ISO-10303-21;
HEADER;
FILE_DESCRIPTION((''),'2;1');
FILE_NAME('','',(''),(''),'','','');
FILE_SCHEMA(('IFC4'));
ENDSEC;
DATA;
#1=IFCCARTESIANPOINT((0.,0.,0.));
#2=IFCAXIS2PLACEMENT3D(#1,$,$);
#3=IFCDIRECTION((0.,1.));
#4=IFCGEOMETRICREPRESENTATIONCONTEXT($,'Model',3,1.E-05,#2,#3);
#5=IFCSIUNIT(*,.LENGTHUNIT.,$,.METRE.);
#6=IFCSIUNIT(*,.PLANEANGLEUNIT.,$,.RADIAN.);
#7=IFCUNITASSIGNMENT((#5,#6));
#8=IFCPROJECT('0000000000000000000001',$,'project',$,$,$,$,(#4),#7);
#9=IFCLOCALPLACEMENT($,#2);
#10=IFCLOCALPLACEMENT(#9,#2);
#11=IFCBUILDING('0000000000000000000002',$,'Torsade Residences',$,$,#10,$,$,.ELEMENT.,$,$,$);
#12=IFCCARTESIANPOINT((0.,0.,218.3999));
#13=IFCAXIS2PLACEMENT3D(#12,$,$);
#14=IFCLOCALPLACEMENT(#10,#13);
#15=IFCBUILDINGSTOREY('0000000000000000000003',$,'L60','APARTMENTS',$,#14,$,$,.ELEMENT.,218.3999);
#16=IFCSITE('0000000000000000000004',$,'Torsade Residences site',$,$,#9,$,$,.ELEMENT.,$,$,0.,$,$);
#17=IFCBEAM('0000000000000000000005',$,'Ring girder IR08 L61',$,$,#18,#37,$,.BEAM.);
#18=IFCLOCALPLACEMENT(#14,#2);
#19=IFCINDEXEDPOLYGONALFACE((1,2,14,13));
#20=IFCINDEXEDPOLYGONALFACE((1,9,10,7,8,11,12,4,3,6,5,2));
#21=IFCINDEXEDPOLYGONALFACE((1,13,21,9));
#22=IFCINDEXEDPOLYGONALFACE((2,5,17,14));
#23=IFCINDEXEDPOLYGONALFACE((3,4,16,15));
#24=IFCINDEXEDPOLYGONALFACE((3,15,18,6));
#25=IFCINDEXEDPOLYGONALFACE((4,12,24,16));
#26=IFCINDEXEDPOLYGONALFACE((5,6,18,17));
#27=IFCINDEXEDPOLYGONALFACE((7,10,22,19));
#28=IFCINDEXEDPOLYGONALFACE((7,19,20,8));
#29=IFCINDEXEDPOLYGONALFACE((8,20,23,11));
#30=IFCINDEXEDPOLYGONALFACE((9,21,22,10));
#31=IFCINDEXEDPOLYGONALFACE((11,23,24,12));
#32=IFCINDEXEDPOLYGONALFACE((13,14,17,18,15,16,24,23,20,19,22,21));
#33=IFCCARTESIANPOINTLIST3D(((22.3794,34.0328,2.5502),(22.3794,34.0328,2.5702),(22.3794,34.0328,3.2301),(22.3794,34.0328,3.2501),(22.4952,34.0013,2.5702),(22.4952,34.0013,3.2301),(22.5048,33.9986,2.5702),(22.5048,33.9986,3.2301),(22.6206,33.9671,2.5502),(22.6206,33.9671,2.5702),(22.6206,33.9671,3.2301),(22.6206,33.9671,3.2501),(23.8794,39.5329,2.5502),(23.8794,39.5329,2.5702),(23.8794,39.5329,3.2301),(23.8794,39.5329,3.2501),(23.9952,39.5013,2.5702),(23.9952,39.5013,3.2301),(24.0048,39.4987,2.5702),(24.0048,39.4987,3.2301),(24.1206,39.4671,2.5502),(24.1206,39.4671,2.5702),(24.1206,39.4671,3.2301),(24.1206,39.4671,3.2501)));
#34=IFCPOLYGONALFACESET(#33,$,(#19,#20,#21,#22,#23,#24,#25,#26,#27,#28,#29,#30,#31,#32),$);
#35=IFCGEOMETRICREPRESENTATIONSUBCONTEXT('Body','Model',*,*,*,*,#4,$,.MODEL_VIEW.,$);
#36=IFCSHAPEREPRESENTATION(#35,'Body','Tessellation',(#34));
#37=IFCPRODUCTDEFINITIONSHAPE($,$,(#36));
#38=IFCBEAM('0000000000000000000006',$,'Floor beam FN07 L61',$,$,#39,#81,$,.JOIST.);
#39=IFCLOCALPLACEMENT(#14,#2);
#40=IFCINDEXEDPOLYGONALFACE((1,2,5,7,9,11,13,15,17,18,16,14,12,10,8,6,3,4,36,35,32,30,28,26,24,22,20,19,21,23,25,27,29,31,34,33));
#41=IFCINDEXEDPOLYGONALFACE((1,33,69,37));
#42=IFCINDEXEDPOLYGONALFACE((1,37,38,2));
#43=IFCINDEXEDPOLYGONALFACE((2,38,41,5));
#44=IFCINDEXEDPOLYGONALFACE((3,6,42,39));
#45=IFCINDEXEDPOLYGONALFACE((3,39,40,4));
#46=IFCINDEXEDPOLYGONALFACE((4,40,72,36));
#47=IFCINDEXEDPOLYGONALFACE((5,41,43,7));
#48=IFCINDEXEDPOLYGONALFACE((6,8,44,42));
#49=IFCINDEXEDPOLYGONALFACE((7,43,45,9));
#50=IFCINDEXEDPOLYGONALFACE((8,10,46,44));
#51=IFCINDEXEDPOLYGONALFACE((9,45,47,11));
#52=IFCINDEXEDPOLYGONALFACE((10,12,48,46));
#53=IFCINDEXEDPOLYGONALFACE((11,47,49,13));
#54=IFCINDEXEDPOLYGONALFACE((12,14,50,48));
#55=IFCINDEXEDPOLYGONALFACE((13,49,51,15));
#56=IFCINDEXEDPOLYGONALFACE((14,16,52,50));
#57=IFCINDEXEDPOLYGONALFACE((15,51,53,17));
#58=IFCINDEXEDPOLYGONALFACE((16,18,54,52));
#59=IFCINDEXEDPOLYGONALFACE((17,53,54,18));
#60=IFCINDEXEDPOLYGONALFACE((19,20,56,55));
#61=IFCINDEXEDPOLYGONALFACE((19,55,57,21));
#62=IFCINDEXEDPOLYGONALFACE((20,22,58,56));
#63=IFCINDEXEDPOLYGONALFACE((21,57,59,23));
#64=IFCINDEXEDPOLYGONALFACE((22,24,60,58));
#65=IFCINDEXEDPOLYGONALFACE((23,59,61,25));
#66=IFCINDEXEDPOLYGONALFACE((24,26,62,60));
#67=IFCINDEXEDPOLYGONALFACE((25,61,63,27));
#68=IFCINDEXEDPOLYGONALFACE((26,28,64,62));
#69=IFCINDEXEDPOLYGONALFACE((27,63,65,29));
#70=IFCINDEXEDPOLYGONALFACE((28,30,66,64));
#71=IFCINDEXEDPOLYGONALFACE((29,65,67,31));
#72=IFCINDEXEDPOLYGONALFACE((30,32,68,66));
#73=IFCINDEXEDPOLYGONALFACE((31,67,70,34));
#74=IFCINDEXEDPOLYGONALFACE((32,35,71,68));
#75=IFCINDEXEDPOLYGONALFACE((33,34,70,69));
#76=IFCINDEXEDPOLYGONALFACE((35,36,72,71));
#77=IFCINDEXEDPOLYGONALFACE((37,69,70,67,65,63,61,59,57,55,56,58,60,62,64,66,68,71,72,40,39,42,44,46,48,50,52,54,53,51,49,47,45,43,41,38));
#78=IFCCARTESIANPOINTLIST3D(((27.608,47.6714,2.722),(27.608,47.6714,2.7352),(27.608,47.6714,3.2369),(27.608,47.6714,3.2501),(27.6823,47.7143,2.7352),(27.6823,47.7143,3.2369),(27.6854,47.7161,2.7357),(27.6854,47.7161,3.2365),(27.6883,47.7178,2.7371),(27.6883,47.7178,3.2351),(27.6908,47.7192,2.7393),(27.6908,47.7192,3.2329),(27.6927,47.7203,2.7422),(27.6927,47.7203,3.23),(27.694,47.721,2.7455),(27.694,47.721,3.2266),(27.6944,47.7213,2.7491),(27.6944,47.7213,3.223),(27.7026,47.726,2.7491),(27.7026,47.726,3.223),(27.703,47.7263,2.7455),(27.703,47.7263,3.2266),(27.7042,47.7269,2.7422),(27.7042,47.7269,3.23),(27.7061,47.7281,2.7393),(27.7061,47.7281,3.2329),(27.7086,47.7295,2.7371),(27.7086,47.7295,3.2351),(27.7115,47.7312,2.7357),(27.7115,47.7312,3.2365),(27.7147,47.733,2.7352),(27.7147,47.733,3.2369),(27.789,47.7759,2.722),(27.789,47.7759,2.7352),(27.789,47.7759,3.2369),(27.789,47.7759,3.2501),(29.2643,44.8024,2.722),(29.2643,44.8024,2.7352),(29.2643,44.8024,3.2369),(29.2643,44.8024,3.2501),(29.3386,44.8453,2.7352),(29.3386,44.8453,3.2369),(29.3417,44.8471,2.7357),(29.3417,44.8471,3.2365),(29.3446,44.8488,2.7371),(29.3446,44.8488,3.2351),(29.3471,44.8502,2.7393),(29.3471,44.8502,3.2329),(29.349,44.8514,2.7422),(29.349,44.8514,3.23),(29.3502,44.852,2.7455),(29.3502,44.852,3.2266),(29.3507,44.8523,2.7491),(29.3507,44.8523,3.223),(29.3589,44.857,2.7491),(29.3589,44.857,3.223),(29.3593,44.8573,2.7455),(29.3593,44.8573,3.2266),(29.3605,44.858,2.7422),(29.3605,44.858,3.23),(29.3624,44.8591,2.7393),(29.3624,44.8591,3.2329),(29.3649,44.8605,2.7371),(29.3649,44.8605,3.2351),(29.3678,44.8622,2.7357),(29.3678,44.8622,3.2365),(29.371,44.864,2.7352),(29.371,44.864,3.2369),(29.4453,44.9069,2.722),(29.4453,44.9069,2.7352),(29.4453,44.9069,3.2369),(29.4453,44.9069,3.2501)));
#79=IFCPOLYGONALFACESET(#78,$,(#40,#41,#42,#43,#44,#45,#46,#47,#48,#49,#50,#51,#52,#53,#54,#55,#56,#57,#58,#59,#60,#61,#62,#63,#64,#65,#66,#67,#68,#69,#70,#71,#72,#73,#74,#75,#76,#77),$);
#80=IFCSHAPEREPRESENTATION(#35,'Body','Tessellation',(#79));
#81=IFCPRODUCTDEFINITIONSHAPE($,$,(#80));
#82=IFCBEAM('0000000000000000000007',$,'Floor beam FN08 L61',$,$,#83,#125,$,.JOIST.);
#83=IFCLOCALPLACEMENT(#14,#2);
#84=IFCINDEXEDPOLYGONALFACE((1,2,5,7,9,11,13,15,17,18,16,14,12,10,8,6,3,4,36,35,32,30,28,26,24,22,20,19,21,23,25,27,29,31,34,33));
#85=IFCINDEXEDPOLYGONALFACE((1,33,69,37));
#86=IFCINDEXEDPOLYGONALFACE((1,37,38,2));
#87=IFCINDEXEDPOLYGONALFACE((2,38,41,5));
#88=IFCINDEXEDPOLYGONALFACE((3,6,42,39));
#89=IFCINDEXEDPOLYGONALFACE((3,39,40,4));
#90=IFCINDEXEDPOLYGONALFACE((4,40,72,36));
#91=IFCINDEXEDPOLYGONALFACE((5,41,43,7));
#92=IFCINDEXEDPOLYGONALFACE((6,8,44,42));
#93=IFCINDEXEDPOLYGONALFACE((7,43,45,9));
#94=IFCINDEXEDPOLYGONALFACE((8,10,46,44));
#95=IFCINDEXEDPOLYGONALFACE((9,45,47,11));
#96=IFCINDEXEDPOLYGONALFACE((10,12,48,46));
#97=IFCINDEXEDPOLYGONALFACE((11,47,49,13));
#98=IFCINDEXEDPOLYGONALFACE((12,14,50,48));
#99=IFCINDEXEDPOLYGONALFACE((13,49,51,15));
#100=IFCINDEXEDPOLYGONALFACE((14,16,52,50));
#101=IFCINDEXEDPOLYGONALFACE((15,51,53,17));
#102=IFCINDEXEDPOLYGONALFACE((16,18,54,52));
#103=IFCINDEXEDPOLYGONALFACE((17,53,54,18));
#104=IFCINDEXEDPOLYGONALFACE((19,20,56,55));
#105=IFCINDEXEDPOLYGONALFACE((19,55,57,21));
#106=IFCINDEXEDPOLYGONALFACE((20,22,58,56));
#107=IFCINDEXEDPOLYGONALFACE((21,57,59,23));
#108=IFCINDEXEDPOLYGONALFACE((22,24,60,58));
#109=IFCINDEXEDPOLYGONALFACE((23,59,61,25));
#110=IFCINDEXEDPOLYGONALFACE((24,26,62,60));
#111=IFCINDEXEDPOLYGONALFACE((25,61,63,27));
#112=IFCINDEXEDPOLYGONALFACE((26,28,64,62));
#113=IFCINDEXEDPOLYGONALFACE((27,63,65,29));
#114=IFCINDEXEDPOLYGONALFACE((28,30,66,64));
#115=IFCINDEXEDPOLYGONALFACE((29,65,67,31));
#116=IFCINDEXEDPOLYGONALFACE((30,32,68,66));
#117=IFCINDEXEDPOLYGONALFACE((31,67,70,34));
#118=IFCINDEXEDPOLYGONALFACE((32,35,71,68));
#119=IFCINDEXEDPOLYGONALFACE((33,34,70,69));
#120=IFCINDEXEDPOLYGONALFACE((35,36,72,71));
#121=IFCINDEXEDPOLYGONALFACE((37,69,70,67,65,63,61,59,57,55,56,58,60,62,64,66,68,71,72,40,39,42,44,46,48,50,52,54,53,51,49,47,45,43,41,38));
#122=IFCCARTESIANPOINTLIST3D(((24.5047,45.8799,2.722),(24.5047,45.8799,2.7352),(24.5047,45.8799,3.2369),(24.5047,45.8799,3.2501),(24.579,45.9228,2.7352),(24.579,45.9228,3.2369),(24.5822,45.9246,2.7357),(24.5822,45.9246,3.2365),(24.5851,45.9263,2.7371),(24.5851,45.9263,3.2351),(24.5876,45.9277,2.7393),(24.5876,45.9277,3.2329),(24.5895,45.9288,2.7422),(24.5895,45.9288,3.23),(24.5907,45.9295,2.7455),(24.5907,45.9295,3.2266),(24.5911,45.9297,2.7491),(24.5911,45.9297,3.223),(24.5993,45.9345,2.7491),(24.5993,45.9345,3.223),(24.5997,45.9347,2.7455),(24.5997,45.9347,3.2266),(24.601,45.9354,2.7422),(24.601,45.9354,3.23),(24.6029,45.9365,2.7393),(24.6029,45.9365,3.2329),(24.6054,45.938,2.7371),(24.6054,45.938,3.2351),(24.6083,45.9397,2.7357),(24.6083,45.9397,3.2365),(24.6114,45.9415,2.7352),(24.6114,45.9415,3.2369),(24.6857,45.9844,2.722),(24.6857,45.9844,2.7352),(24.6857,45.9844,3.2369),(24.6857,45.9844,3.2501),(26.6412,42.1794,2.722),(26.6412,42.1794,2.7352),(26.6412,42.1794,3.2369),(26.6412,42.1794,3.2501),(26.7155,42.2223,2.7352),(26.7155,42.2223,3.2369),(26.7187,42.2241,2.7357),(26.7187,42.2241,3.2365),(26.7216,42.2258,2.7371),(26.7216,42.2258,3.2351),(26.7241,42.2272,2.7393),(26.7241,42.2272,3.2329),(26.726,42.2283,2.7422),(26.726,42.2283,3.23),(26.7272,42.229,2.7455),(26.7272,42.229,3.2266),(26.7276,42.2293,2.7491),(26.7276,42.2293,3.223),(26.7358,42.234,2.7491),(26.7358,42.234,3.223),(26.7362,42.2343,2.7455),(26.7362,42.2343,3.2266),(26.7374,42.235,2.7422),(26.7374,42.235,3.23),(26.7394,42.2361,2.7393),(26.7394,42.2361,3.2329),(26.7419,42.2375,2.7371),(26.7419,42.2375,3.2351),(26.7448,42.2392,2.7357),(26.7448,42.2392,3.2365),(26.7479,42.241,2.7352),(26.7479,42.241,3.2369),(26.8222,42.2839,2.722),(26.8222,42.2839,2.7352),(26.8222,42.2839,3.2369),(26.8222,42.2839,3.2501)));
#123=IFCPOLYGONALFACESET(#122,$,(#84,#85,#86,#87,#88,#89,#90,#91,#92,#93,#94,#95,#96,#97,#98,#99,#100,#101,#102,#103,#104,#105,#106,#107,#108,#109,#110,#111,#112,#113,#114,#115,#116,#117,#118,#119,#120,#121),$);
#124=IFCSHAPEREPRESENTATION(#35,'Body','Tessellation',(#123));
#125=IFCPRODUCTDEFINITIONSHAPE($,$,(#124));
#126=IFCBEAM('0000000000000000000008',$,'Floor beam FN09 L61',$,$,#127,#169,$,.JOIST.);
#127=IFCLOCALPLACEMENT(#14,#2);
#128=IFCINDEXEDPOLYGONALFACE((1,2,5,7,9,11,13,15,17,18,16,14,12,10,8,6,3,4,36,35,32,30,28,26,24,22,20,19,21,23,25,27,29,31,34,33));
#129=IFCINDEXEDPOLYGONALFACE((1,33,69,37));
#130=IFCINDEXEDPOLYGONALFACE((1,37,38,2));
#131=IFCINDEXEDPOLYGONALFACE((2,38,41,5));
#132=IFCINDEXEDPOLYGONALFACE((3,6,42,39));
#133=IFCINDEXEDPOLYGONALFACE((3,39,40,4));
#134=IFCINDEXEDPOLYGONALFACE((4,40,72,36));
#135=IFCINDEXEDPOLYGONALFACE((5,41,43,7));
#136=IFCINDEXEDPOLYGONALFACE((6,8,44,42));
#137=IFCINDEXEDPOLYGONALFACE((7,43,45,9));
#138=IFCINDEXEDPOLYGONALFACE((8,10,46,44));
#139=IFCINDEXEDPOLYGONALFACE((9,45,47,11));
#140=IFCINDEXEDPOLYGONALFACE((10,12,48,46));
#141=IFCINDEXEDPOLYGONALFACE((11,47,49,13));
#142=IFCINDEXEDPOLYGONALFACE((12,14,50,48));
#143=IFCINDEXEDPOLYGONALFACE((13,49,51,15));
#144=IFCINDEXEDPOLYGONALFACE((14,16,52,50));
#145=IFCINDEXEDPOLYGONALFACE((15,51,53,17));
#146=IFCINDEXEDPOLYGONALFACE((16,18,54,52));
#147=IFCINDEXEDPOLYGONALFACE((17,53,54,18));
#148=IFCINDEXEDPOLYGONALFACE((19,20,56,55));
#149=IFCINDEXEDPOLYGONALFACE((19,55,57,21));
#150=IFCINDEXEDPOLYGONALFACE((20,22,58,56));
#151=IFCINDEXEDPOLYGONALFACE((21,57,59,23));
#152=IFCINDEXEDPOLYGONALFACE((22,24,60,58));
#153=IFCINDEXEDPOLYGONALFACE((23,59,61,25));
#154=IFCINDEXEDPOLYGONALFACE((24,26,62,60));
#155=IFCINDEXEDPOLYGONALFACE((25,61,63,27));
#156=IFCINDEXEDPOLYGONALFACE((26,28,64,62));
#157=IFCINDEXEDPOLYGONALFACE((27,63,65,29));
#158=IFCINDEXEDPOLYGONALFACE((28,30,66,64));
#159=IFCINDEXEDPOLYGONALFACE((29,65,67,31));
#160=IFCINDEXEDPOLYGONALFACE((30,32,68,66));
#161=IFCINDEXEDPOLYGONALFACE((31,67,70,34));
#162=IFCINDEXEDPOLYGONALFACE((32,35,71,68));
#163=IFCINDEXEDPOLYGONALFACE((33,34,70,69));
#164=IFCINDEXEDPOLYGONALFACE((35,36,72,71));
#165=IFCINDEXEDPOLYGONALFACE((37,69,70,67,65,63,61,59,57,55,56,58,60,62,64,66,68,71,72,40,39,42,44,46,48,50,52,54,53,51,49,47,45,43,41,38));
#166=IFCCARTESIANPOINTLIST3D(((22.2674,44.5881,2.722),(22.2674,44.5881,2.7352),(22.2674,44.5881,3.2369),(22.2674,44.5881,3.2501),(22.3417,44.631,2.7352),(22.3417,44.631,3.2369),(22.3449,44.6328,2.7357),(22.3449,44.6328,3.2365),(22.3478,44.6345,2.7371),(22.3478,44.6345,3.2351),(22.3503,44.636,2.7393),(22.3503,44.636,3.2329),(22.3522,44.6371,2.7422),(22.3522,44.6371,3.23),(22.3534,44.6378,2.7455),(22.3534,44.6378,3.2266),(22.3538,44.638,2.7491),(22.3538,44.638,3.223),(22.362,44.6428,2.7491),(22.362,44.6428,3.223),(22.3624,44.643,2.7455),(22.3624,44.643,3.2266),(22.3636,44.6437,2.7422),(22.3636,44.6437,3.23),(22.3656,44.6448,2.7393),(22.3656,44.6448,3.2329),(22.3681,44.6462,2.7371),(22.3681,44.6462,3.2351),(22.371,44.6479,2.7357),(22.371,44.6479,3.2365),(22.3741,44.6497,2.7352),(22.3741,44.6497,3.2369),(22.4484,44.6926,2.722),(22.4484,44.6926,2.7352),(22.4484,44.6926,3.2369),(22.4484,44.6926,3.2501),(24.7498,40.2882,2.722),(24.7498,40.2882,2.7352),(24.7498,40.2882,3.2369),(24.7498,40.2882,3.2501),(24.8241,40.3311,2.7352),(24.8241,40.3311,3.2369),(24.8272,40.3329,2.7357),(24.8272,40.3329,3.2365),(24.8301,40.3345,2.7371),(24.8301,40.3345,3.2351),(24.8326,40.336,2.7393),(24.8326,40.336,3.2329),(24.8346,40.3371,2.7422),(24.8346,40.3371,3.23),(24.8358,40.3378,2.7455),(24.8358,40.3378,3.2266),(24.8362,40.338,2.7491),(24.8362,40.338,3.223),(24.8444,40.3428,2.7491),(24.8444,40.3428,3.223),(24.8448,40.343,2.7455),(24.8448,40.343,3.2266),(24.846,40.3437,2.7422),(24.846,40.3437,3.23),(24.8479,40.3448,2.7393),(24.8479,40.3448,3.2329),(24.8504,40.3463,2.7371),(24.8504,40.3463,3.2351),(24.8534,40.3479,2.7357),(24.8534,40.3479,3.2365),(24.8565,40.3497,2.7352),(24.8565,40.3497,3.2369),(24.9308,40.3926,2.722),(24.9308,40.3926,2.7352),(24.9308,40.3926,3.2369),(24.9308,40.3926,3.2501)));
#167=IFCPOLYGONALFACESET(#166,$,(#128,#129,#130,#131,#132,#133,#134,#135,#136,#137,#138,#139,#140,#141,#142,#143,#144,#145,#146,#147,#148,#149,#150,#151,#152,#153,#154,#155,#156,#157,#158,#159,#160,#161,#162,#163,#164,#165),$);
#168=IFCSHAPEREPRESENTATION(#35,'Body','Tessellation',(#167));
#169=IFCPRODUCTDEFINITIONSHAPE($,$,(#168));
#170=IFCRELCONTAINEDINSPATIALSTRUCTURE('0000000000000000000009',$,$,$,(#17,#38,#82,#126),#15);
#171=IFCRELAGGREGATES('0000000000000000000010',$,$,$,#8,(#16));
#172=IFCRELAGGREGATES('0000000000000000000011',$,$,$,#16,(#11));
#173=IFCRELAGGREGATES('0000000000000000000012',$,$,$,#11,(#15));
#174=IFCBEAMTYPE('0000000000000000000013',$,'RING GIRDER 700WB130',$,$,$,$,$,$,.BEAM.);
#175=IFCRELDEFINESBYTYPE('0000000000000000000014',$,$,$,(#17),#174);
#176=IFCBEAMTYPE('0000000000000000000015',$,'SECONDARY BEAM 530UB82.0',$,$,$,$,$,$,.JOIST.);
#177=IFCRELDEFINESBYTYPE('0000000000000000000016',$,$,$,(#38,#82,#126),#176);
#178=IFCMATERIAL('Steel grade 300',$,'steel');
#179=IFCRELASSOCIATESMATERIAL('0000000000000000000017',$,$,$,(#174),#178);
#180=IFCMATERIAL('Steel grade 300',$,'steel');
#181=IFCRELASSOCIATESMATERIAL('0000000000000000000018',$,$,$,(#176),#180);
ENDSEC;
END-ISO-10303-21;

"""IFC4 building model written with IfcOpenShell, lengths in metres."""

from ifc_helpers import new_model, si_unit, direction, frame, origin, origin_2d, place, context, subcontext, project, spatial, i_section, extrude, material, material_profile, profile_set, type_object, element, save


model = new_model("IFC4")

# Units and contexts
model_context = context("Model", 3, precision=1e-05, world=origin(), true_north=direction((0.0, 1.0)))
body_context = subcontext(model_context, "Body", "Model", "MODEL_VIEW")
ifc_project = project(units=[si_unit("LENGTHUNIT", "METRE"), si_unit("PLANEANGLEUNIT", "RADIAN")], contexts=[model_context])

# Site, building, storey
site_placement = place(None, origin())
site = spatial("IfcSite", under=ifc_project, at=site_placement, Name="Torsade Residences site", CompositionType="ELEMENT", RefElevation=0.0)
building_placement = place(site_placement, origin())
building = spatial("IfcBuilding", under=site, at=building_placement, Name="Torsade Residences", CompositionType="ELEMENT")
storey_placement = place(building_placement, frame((0.0, 0.0, 218.3999)))
storey = spatial("IfcBuildingStorey", under=building, at=storey_placement, Name="L60", Description="APARTMENTS", CompositionType="ELEMENT", Elevation=218.3999)

# Beams
ifc_material_1 = material(Name="Steel grade 300", Category="steel")
ifc_material_profile_1 = material_profile(ifc_material_1, i_section(OverallWidth=0.25, OverallDepth=0.7, WebThickness=0.01, FlangeThickness=0.02, at=origin_2d()), Name="700WB130")
ifc_profile_set_1 = profile_set([ifc_material_profile_1], Name="Steel grade 300")
beam_type_1 = type_object("IfcBeamType", Name="RING GIRDER 700WB130", PredefinedType="BEAM", material=ifc_profile_set_1)
beam_1_placement = place(storey_placement, frame((24.0, 39.5, 2.9001), z_axis=(-0.263117, -0.964764, 0.0), x_axis=(0.964764, -0.263117, 0.0)))
element("IfcBeam", 1, at=beam_1_placement, inside=storey, type_object=beam_type_1, Name="Ring girder IR08 L61", PredefinedType="BEAM", context=body_context, shape_type="SweptSolid", body=[
    extrude(i_section(OverallWidth=0.25, OverallDepth=0.7, WebThickness=0.01, FlangeThickness=0.02, at=origin_2d()), origin(), (0.0, 0.0, 1.0), 5.7009),
])
ifc_material_2 = material(Name="Steel grade 300", Category="steel")
ifc_material_profile_2 = material_profile(ifc_material_2, i_section(OverallWidth=0.209, OverallDepth=0.5281, WebThickness=0.0095, FlangeThickness=0.0132, FilletRadius=0.0139, at=origin_2d()), Name="530UB82.0")
ifc_profile_set_2 = profile_set([ifc_material_profile_2], Name="Steel grade 300")
beam_type_2 = type_object("IfcBeamType", Name="SECONDARY BEAM 530UB82.0", PredefinedType="JOIST", material=ifc_profile_set_2)
beam_2_placement = place(storey_placement, frame((27.6985, 47.7236, 2.9861), z_axis=(0.499976, -0.86604, 0.0), x_axis=(0.86604, 0.499976, 0.0)))
element("IfcBeam", 2, at=beam_2_placement, inside=storey, type_object=beam_type_2, Name="Floor beam FN07 L61", PredefinedType="JOIST", context=body_context, shape_type="SweptSolid", body=[
    extrude(i_section(OverallWidth=0.209, OverallDepth=0.5281, WebThickness=0.0095, FlangeThickness=0.0132, FilletRadius=0.0139, at=origin_2d()), origin(), (0.0, 0.0, 1.0), 3.3127),
])
beam_3_placement = place(storey_placement, frame((24.5952, 45.9321, 2.9861), z_axis=(0.500004, -0.866023, 0.0), x_axis=(0.866023, 0.500004, 0.0)))
element("IfcBeam", 3, at=beam_3_placement, inside=storey, type_object=beam_type_2, Name="Floor beam FN08 L61", PredefinedType="JOIST", context=body_context, shape_type="SweptSolid", body=[
    extrude(i_section(OverallWidth=0.209, OverallDepth=0.5281, WebThickness=0.0095, FlangeThickness=0.0132, FilletRadius=0.0139, at=origin_2d()), origin(), (0.0, 0.0, 1.0), 4.2729),
])
beam_4_placement = place(storey_placement, frame((22.3579, 44.6404, 2.9861), z_axis=(0.499968, -0.866044, 0.0), x_axis=(0.866044, 0.499968, 0.0)))
element("IfcBeam", 4, at=beam_4_placement, inside=storey, type_object=beam_type_2, Name="Floor beam FN09 L61", PredefinedType="JOIST", context=body_context, shape_type="SweptSolid", body=[
    extrude(i_section(OverallWidth=0.209, OverallDepth=0.5281, WebThickness=0.0095, FlangeThickness=0.0132, FilletRadius=0.0139, at=origin_2d()), origin(), (0.0, 0.0, 1.0), 4.9651),
])

save(model, "model.ifc")
